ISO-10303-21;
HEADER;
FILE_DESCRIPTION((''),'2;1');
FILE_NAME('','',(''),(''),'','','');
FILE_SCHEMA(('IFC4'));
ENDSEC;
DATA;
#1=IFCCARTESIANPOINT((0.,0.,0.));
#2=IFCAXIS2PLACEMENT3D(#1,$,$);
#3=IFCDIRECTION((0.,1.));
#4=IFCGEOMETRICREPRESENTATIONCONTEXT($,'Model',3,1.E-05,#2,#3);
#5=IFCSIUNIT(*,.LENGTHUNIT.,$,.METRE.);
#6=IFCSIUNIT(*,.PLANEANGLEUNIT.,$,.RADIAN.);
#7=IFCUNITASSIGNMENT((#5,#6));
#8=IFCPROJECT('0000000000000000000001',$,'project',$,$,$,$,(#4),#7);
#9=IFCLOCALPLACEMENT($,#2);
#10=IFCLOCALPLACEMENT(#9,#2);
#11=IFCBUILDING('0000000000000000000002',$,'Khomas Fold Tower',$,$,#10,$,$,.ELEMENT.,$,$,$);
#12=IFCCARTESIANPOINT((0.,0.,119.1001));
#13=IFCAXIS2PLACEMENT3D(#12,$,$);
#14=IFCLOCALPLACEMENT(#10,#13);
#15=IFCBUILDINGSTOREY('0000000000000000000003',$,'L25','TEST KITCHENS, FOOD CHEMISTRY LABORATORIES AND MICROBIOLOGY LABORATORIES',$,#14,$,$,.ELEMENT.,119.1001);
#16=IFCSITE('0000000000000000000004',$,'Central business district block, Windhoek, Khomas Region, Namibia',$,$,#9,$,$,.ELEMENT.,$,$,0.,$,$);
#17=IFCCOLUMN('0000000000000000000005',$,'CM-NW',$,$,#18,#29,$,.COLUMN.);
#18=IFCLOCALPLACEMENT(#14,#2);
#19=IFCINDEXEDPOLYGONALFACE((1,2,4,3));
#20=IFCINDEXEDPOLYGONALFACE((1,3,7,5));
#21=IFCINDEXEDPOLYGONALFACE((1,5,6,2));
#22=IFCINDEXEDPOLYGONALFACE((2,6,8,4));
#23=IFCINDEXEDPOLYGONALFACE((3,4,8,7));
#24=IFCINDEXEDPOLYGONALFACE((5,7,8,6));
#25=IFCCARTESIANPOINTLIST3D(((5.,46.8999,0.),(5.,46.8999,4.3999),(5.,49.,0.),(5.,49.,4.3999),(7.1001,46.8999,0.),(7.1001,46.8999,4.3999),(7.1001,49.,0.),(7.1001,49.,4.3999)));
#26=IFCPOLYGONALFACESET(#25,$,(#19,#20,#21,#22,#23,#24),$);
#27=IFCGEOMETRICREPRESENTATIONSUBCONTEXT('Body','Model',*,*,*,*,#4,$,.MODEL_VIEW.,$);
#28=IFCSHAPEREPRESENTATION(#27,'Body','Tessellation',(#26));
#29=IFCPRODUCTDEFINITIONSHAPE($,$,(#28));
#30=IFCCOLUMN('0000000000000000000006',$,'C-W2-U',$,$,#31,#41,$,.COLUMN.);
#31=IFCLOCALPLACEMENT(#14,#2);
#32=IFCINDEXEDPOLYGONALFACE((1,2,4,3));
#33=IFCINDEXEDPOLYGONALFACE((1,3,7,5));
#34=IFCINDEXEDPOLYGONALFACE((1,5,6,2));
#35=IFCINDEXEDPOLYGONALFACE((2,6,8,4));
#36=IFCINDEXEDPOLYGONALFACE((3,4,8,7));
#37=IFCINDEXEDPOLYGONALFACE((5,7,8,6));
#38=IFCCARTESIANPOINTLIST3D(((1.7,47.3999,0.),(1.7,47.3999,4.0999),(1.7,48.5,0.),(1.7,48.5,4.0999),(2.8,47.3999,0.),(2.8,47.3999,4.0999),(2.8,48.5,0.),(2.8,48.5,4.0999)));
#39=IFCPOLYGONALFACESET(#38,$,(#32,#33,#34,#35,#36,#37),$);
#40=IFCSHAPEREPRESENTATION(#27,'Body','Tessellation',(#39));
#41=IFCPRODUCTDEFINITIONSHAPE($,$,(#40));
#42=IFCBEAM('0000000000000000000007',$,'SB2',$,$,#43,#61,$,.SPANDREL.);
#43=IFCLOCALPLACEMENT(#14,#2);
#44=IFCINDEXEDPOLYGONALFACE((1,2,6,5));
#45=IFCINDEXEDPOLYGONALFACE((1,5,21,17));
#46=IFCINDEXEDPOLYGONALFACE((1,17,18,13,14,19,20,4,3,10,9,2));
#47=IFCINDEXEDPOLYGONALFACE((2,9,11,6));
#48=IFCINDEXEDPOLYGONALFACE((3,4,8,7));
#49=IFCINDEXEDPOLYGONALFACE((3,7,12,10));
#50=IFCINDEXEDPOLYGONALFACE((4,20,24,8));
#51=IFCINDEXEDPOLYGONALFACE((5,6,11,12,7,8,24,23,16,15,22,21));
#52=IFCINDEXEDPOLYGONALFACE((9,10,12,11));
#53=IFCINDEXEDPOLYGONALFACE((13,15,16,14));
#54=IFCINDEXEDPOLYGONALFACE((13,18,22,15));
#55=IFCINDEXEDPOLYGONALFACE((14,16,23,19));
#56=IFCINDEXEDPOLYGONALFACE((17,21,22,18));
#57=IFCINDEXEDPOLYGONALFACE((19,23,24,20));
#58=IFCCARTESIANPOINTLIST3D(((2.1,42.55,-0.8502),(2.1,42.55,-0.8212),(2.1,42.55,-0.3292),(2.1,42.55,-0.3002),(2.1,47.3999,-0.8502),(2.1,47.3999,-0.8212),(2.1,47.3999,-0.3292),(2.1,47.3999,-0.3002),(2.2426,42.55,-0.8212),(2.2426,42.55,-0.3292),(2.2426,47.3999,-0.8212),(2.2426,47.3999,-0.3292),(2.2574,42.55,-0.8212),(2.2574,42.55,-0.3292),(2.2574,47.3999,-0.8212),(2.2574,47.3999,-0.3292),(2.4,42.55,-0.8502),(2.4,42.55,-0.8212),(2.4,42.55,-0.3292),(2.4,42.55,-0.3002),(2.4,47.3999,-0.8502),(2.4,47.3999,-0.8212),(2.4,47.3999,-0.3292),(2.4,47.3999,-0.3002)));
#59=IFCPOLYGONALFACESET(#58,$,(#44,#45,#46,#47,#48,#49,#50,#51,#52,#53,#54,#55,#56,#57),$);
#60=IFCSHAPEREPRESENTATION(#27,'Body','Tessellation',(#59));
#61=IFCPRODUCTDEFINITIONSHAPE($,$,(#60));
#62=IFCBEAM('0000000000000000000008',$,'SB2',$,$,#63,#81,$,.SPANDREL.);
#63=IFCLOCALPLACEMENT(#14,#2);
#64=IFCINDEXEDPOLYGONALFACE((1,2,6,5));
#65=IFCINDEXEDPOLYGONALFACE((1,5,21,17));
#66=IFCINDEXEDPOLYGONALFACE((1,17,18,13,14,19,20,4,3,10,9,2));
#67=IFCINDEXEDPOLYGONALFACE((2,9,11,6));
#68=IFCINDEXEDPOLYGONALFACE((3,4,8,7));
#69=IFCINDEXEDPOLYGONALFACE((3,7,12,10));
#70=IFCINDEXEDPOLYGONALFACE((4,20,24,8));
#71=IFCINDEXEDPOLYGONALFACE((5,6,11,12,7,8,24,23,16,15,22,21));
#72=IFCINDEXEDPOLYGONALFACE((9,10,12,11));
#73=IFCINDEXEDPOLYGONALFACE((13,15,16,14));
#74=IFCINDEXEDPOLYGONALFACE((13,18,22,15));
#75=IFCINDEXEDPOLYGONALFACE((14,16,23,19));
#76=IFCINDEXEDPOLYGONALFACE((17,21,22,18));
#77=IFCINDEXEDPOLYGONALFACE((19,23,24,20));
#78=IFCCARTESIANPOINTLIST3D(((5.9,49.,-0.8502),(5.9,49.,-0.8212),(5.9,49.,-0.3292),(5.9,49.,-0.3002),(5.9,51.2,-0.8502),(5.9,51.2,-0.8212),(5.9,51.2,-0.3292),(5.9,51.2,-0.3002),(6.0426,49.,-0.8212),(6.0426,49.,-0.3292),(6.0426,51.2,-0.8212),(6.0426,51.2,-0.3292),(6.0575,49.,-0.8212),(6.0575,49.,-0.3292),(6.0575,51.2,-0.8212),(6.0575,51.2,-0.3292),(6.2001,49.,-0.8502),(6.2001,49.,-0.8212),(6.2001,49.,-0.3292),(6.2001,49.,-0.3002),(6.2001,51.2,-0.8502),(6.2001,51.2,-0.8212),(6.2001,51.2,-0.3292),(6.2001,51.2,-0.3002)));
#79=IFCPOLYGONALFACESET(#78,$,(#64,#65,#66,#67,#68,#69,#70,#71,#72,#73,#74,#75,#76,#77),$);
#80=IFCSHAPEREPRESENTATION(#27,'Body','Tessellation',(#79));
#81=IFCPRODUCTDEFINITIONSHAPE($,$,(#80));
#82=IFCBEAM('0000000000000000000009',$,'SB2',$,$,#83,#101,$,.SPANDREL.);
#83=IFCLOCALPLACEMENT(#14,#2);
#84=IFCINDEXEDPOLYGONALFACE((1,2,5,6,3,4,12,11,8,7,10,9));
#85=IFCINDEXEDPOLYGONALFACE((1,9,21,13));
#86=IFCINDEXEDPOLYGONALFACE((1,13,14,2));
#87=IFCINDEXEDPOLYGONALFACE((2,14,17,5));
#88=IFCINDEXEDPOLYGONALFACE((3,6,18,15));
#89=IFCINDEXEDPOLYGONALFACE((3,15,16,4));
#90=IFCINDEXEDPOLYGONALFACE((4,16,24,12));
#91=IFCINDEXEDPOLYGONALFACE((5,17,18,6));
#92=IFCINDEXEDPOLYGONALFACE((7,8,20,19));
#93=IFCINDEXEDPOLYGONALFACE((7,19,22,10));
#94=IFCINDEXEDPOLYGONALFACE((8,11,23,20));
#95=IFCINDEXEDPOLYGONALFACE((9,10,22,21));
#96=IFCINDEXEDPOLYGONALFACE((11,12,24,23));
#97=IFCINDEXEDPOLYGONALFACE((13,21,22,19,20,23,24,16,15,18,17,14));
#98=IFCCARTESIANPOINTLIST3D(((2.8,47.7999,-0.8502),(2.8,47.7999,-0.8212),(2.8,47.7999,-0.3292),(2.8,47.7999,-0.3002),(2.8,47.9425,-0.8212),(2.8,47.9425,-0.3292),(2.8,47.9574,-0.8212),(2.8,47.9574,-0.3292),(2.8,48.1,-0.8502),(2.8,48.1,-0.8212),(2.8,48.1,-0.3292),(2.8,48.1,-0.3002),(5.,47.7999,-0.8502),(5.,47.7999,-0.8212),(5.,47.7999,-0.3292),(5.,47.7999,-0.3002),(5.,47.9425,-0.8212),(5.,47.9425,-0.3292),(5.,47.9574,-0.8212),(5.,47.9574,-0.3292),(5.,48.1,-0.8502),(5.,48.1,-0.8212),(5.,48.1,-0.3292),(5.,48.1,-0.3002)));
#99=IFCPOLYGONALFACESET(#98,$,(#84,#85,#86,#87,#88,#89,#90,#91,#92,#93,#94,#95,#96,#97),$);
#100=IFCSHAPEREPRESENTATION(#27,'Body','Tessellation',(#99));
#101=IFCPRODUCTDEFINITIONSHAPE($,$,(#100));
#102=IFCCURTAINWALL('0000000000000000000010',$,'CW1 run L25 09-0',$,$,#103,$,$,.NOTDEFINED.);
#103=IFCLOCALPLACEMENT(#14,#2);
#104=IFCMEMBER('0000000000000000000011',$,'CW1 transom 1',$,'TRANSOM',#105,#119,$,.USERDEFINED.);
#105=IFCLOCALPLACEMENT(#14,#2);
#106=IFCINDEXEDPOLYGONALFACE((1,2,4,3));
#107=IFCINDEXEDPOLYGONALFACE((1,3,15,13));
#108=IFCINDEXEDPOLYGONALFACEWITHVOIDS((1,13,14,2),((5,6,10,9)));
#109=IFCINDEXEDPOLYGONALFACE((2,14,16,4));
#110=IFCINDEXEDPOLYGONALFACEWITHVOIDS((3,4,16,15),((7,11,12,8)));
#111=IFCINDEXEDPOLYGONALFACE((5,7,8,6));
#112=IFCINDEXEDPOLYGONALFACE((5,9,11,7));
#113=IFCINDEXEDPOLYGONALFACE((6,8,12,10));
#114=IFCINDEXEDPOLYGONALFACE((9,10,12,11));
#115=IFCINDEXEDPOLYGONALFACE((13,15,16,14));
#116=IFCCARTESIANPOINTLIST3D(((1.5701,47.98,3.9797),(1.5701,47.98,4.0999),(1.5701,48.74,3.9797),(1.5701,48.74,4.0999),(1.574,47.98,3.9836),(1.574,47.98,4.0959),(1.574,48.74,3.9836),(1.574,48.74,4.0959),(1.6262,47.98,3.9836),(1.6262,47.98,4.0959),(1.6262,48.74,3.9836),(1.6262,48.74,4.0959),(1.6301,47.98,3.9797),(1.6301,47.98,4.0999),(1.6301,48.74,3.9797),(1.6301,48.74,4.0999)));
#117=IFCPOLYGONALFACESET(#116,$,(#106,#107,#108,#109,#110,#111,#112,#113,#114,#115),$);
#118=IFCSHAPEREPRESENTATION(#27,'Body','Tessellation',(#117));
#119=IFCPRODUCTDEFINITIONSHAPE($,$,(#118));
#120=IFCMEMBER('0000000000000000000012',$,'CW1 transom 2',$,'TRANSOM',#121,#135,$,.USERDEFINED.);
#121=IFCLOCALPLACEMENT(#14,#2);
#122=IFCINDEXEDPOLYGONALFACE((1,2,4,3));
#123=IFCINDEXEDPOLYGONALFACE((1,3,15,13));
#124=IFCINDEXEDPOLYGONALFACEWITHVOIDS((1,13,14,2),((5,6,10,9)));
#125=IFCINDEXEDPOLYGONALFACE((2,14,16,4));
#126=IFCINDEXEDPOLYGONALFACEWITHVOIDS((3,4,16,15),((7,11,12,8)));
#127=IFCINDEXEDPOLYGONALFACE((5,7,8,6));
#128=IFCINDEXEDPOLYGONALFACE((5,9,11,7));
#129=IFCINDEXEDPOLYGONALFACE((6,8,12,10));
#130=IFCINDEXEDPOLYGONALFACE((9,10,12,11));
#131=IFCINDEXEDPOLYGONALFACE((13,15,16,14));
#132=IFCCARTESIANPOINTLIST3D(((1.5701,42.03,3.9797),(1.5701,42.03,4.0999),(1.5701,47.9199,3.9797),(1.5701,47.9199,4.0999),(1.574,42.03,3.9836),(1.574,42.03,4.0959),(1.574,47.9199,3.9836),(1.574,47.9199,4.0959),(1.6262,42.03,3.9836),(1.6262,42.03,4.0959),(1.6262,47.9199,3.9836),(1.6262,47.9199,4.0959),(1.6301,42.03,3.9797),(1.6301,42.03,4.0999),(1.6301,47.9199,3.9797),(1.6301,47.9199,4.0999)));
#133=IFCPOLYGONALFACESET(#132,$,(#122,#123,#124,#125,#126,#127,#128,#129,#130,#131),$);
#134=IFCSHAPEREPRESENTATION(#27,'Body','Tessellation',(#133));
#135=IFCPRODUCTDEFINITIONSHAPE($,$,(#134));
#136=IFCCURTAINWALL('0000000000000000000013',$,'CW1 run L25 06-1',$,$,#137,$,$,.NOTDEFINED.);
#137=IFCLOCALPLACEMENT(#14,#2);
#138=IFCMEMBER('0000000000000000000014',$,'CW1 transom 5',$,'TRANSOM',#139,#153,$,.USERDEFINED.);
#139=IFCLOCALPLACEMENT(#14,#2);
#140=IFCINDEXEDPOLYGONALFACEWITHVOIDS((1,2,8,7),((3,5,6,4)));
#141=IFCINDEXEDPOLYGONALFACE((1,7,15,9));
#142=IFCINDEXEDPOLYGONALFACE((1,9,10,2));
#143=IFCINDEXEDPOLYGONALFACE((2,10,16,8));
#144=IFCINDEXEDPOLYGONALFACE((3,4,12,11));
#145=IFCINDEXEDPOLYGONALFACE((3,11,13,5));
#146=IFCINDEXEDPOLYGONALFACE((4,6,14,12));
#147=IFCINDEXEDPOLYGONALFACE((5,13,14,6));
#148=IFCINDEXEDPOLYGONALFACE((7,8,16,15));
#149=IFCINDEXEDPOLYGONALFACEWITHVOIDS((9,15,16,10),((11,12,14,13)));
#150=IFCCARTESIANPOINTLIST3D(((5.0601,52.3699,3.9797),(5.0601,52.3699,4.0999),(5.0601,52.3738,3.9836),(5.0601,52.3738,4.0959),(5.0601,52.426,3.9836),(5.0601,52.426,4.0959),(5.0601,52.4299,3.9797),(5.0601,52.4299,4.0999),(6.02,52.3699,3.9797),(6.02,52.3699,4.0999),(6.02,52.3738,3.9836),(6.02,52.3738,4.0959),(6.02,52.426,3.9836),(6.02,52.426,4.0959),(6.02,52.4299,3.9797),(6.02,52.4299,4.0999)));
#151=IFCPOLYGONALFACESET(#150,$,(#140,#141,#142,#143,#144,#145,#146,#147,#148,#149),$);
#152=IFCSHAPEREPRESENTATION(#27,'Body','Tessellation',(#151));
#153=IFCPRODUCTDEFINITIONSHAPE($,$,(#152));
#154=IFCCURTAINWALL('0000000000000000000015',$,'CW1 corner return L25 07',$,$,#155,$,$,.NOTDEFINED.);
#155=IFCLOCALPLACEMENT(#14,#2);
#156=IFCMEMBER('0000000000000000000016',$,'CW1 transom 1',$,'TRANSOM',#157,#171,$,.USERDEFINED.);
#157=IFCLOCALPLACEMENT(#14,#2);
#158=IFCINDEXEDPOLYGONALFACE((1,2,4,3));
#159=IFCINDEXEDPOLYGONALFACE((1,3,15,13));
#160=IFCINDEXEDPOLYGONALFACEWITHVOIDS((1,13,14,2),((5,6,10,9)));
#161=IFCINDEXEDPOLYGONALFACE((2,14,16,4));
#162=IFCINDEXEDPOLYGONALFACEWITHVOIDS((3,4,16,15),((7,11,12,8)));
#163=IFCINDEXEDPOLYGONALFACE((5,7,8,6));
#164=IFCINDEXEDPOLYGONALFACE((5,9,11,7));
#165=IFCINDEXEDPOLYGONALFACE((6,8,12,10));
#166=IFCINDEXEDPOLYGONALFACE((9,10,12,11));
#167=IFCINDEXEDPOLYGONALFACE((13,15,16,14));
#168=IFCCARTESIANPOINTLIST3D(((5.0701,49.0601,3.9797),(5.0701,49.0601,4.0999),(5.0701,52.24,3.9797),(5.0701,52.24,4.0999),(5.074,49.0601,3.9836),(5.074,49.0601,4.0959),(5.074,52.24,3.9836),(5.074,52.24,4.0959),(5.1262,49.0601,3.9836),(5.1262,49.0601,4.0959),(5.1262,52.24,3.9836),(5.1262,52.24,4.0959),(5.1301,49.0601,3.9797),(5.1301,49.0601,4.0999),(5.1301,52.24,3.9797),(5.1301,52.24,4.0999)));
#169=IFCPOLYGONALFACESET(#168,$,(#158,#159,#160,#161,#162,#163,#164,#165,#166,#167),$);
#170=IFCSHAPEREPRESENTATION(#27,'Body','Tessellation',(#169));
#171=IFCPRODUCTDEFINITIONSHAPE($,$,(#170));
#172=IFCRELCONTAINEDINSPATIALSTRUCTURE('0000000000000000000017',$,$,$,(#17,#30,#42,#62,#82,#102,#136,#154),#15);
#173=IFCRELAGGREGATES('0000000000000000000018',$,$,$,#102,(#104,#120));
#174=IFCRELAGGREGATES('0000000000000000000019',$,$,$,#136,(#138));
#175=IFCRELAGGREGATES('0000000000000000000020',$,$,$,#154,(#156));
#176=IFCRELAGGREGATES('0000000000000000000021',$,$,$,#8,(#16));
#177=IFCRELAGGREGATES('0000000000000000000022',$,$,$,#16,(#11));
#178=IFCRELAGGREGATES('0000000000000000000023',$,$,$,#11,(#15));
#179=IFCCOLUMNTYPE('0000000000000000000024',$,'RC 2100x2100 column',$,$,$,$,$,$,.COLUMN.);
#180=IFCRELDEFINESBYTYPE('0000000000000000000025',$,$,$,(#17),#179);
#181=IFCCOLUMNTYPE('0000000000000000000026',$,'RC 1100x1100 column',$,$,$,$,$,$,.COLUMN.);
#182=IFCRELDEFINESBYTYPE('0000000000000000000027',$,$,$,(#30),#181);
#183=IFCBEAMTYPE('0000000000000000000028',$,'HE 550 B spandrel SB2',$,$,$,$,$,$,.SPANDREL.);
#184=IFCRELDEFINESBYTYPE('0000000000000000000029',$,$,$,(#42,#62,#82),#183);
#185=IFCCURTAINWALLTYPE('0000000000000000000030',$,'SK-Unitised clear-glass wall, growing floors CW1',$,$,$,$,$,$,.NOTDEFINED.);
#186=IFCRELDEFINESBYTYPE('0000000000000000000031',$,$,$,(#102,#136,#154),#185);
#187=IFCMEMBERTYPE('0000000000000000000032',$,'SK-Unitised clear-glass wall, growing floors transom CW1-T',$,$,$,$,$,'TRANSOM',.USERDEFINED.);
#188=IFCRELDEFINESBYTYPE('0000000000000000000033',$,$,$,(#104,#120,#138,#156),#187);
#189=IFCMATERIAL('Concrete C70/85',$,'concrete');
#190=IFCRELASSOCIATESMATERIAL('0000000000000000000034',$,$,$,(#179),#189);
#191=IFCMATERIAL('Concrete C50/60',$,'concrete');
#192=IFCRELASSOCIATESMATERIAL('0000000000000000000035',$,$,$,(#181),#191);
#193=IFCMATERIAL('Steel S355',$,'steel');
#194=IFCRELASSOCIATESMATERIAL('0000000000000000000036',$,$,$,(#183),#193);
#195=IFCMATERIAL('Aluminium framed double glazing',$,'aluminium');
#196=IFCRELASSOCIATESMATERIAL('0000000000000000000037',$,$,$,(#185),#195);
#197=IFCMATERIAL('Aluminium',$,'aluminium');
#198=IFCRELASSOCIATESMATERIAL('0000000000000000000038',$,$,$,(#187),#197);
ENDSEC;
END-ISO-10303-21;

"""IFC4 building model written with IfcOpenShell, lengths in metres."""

from ifc_helpers import new_model, si_unit, direction, frame, origin, origin_2d, place, context, subcontext, project, spatial, rectangle, hollow_rectangle, i_section, extrude, source, transform, mapped, material, material_profile, profile_set, type_object, element, aggregate, save


model = new_model("IFC4")

# Units and contexts
model_context = context("Model", 3, precision=1e-05, world=origin(), true_north=direction((0.0, 1.0)))
body_context = subcontext(model_context, "Body", "Model", "MODEL_VIEW")
ifc_project = project(units=[si_unit("LENGTHUNIT", "METRE"), si_unit("PLANEANGLEUNIT", "RADIAN")], contexts=[model_context])

# Site, building, storey
site_placement = place(None, origin())
site = spatial("IfcSite", under=ifc_project, at=site_placement, Name="Central business district block, Windhoek, Khomas Region, Namibia", CompositionType="ELEMENT", RefElevation=0.0)
building_placement = place(site_placement, origin())
building = spatial("IfcBuilding", under=site, at=building_placement, Name="Khomas Fold Tower", CompositionType="ELEMENT")
storey_placement = place(building_placement, frame((0.0, 0.0, 119.1001)))
storey = spatial("IfcBuildingStorey", under=building, at=storey_placement, Name="L25", Description="TEST KITCHENS, FOOD CHEMISTRY LABORATORIES AND MICROBIOLOGY LABORATORIES", CompositionType="ELEMENT", Elevation=119.1001)

# Columns
ifc_material_1 = material(Name="Concrete C70/85", Category="concrete")
ifc_material_profile_1 = material_profile(ifc_material_1, rectangle(XDim=2.1001, YDim=2.1001, at=origin_2d()), Name="RC 2100x2100")
ifc_profile_set_1 = profile_set([ifc_material_profile_1], Name="Concrete C70/85")
column_type_1 = type_object("IfcColumnType", Name="RC 2100x2100 column", PredefinedType="COLUMN", material=ifc_profile_set_1)
shared_shape_1 = source(origin(), body_context, "Body", "SweptSolid", [
    extrude(rectangle(XDim=2.1001, YDim=2.1001, at=origin_2d()), origin(), (0.0, 0.0, 1.0), 4.3999),
])
column_1_placement = place(storey_placement, frame((6.05, 47.95, 0.0), z_axis=(0.0, 0.0, 1.0), x_axis=(1.0, 0.0, 0.0)))
element("IfcColumn", 1, at=column_1_placement, inside=storey, type_object=column_type_1, Name="CM-NW", PredefinedType="COLUMN", context=body_context, shape_type="MappedRepresentation", body=[
    mapped(shared_shape_1, transform((0.0, 0.0, 0.0))),
])
ifc_material_2 = material(Name="Concrete C50/60", Category="concrete")
ifc_material_profile_2 = material_profile(ifc_material_2, rectangle(XDim=1.1001, YDim=1.1001, at=origin_2d()), Name="RC 1100x1100")
ifc_profile_set_2 = profile_set([ifc_material_profile_2], Name="Concrete C50/60")
column_type_2 = type_object("IfcColumnType", Name="RC 1100x1100 column", PredefinedType="COLUMN", material=ifc_profile_set_2)
shared_shape_2 = source(origin(), body_context, "Body", "SweptSolid", [
    extrude(rectangle(XDim=1.1001, YDim=1.1001, at=origin_2d()), origin(), (0.0, 0.0, 1.0), 4.0999),
])
column_2_placement = place(storey_placement, frame((2.25, 47.95, 0.0), z_axis=(0.0, 0.0, 1.0), x_axis=(1.0, 0.0, 0.0)))
element("IfcColumn", 2, at=column_2_placement, inside=storey, type_object=column_type_2, Name="C-W2-U", PredefinedType="COLUMN", context=body_context, shape_type="MappedRepresentation", body=[
    mapped(shared_shape_2, transform((0.0, 0.0, 0.0))),
])

# Beams
ifc_material_3 = material(Name="Steel S355", Category="steel")
ifc_material_profile_3 = material_profile(ifc_material_3, i_section(OverallWidth=0.3, OverallDepth=0.55, WebThickness=0.0149, FlangeThickness=0.0291, at=origin_2d()), Name="HE 550 B")
ifc_profile_set_3 = profile_set([ifc_material_profile_3], Name="Steel S355")
beam_type = type_object("IfcBeamType", Name="HE 550 B spandrel SB2", PredefinedType="SPANDREL", material=ifc_profile_set_3)
shared_shape_3 = source(origin(), body_context, "Body", "SweptSolid", [
    extrude(i_section(OverallWidth=0.3, OverallDepth=0.55, WebThickness=0.0149, FlangeThickness=0.0291, at=origin_2d()), origin(), (0.0, 0.0, 1.0), 4.8499),
])
beam_placement = place(storey_placement, frame((2.25, 42.55, -0.5752), z_axis=(0.0, 1.0, 0.0), x_axis=(-1.0, 0.0, 0.0)))
element("IfcBeam", 3, at=beam_placement, inside=storey, type_object=beam_type, Name="SB2", PredefinedType="SPANDREL", context=body_context, shape_type="MappedRepresentation", body=[
    mapped(shared_shape_3, transform((0.0, 0.0, 0.0))),
])
shared_shape_4 = source(origin(), body_context, "Body", "SweptSolid", [
    extrude(i_section(OverallWidth=0.3, OverallDepth=0.55, WebThickness=0.0149, FlangeThickness=0.0291, at=origin_2d()), origin(), (0.0, 0.0, 1.0), 2.2),
])
for number, where, z_axis, x_axis, name in (
    (4, (6.05, 49.0, -0.5752), (0.0, 1.0, 0.0), (-1.0, 0.0, 0.0), "SB2"),
    (5, (2.8, 47.95, -0.5752), (1.0, 0.0, 0.0), (0.0, 1.0, 0.0), "SB2"),
):
    element("IfcBeam", number, at=place(storey_placement, frame(where, z_axis=z_axis, x_axis=x_axis)), inside=storey, type_object=beam_type, Name=name, PredefinedType="SPANDREL", context=body_context, shape_type="MappedRepresentation", body=[
        mapped(shared_shape_4, transform((0.0, 0.0, 0.0))),
    ])

# Curtain wall, members
ifc_material_4 = material(Name="Aluminium framed double glazing", Category="aluminium")
curtain_wall_type = type_object("IfcCurtainWallType", Name="SK-Unitised clear-glass wall, growing floors CW1", PredefinedType="NOTDEFINED", material=ifc_material_4)
curtain_wall_1_placement = place(storey_placement, origin())
curtain_wall_1 = element("IfcCurtainWall", 6, at=curtain_wall_1_placement, inside=storey, type_object=curtain_wall_type, Name="CW1 run L25 09-0", PredefinedType="NOTDEFINED")
ifc_material_5 = material(Name="Aluminium", Category="aluminium")
ifc_material_profile_4 = material_profile(ifc_material_5, hollow_rectangle(XDim=0.0601, YDim=0.1201, WallThickness=0.0039, at=origin_2d()), Name="SK-Unitised clear-glass wall, growing floors transom CW1-T")
ifc_profile_set_4 = profile_set([ifc_material_profile_4], Name="Aluminium")
member_type_1 = type_object("IfcMemberType", Name="SK-Unitised clear-glass wall, growing floors transom CW1-T", ElementType="TRANSOM", PredefinedType="USERDEFINED", material=ifc_profile_set_4)
shared_shape_5 = source(origin(), body_context, "Body", "SweptSolid", [
    extrude(hollow_rectangle(XDim=0.0601, YDim=0.1201, WallThickness=0.0039, at=origin_2d()), origin(), (0.0, 0.0, 1.0), 0.76),
])
member_1_placement = place(storey_placement, frame((1.6001, 48.74, 4.0398), z_axis=(0.0, -1.0, 0.0), x_axis=(1.0, 0.0, 0.0)))
member_1 = element("IfcMember", 7, at=member_1_placement, type_object=member_type_1, Name="CW1 transom 1", ObjectType="TRANSOM", PredefinedType="USERDEFINED", context=body_context, shape_type="MappedRepresentation", body=[
    mapped(shared_shape_5, transform((0.0, 0.0, 0.0))),
])
shared_shape_6 = source(origin(), body_context, "Body", "SweptSolid", [
    extrude(hollow_rectangle(XDim=0.0601, YDim=0.1201, WallThickness=0.0039, at=origin_2d()), origin(), (0.0, 0.0, 1.0), 5.8899),
])
member_2_placement = place(storey_placement, frame((1.6001, 47.9199, 4.0398), z_axis=(0.0, -1.0, 0.0), x_axis=(1.0, 0.0, 0.0)))
member_2 = element("IfcMember", 8, at=member_2_placement, type_object=member_type_1, Name="CW1 transom 2", ObjectType="TRANSOM", PredefinedType="USERDEFINED", context=body_context, shape_type="MappedRepresentation", body=[
    mapped(shared_shape_6, transform((0.0, 0.0, 0.0))),
])

# Curtain walls, members
curtain_wall_2_placement = place(storey_placement, origin())
curtain_wall_2 = element("IfcCurtainWall", 9, at=curtain_wall_2_placement, inside=storey, type_object=curtain_wall_type, Name="CW1 run L25 06-1", PredefinedType="NOTDEFINED")
shared_shape_7 = source(origin(), body_context, "Body", "SweptSolid", [
    extrude(hollow_rectangle(XDim=0.0601, YDim=0.1201, WallThickness=0.0039, at=origin_2d()), origin(), (0.0, 0.0, 1.0), 0.96),
])
member_3_placement = place(storey_placement, frame((6.02, 52.3999, 4.0398), z_axis=(-1.0, 0.0, 0.0), x_axis=(0.0, -1.0, 0.0)))
member_3 = element("IfcMember", 10, at=member_3_placement, type_object=member_type_1, Name="CW1 transom 5", ObjectType="TRANSOM", PredefinedType="USERDEFINED", context=body_context, shape_type="MappedRepresentation", body=[
    mapped(shared_shape_7, transform((0.0, 0.0, 0.0))),
])
curtain_wall_3_placement = place(storey_placement, origin())
curtain_wall_3 = element("IfcCurtainWall", 11, at=curtain_wall_3_placement, inside=storey, type_object=curtain_wall_type, Name="CW1 corner return L25 07", PredefinedType="NOTDEFINED")
shared_shape_8 = source(origin(), body_context, "Body", "SweptSolid", [
    extrude(hollow_rectangle(XDim=0.0601, YDim=0.1201, WallThickness=0.0039, at=origin_2d()), origin(), (0.0, 0.0, 1.0), 3.1799),
])
member_4_placement = place(storey_placement, frame((5.1001, 52.24, 4.0398), z_axis=(0.0, -1.0, 0.0), x_axis=(1.0, 0.0, 0.0)))
member_4 = element("IfcMember", 12, at=member_4_placement, type_object=member_type_1, Name="CW1 transom 1", ObjectType="TRANSOM", PredefinedType="USERDEFINED", context=body_context, shape_type="MappedRepresentation", body=[
    mapped(shared_shape_8, transform((0.0, 0.0, 0.0))),
])

aggregate(curtain_wall_1, [member_1, member_2])
aggregate(curtain_wall_2, [member_3])
aggregate(curtain_wall_3, [member_4])

save(model, "model.ifc")
